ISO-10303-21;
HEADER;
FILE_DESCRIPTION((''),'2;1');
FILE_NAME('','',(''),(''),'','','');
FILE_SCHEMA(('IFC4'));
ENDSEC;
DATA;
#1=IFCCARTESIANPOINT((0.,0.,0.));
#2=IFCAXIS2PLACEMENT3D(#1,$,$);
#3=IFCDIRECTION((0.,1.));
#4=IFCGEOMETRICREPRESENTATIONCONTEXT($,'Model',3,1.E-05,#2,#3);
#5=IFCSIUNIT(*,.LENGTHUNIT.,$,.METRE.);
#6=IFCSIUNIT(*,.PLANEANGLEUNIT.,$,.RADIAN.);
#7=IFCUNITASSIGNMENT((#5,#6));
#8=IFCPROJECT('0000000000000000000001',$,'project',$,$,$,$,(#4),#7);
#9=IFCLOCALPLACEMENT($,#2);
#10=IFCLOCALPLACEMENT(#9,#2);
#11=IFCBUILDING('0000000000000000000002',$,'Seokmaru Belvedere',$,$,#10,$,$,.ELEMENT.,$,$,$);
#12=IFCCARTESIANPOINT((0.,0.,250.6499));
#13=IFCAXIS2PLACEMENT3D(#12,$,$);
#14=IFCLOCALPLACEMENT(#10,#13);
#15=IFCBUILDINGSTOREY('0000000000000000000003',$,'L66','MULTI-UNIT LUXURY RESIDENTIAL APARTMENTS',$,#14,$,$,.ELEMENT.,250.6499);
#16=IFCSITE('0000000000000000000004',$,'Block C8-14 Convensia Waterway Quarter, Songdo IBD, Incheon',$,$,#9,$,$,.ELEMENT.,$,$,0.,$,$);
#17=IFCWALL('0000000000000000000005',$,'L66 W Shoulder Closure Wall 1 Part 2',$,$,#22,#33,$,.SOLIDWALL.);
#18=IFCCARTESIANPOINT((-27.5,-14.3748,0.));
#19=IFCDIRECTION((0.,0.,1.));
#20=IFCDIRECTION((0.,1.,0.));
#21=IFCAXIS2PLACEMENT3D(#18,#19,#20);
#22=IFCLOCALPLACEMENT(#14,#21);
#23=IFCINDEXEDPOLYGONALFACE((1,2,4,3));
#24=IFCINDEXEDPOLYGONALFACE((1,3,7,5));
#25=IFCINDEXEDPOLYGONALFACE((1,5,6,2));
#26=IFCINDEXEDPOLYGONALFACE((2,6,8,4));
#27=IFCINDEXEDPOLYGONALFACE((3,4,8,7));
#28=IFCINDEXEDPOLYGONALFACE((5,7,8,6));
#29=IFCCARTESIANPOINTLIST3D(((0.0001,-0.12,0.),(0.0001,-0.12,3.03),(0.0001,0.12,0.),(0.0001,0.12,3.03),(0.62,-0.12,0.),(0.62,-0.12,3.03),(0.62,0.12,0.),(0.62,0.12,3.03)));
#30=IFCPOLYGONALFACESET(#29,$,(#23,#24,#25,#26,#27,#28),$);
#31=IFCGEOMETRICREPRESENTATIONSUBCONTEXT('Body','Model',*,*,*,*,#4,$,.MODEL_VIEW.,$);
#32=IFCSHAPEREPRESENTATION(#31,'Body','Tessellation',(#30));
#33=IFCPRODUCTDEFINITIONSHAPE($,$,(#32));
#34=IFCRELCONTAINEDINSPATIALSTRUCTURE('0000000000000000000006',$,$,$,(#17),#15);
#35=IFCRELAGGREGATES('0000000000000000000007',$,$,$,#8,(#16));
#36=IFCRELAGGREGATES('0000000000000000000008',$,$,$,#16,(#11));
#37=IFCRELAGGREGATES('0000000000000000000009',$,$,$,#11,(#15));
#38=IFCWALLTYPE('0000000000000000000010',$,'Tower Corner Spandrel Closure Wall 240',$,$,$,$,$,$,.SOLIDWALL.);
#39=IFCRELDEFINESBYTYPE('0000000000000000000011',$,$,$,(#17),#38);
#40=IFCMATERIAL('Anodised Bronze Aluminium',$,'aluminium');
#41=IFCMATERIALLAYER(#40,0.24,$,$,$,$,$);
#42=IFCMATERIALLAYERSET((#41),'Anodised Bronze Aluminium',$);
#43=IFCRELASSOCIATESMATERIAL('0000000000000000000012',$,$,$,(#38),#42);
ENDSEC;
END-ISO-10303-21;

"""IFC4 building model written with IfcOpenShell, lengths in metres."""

from ifc_helpers import new_model, si_unit, direction, frame, frame_2d, origin, place, context, subcontext, project, spatial, rectangle, extrude, material, layer, layer_set, type_object, element, save


model = new_model("IFC4")

# Units and contexts
model_context = context("Model", 3, precision=1e-05, world=origin(), true_north=direction((0.0, 1.0)))
body_context = subcontext(model_context, "Body", "Model", "MODEL_VIEW")
ifc_project = project(units=[si_unit("LENGTHUNIT", "METRE"), si_unit("PLANEANGLEUNIT", "RADIAN")], contexts=[model_context])

# Site, building, storey
site_placement = place(None, origin())
site = spatial("IfcSite", under=ifc_project, at=site_placement, Name="Block C8-14 Convensia Waterway Quarter, Songdo IBD, Incheon", CompositionType="ELEMENT", RefElevation=0.0)
building_placement = place(site_placement, origin())
building = spatial("IfcBuilding", under=site, at=building_placement, Name="Seokmaru Belvedere", CompositionType="ELEMENT")
storey_placement = place(building_placement, frame((0.0, 0.0, 250.6499)))
storey = spatial("IfcBuildingStorey", under=building, at=storey_placement, Name="L66", Description="MULTI-UNIT LUXURY RESIDENTIAL APARTMENTS", CompositionType="ELEMENT", Elevation=250.6499)

# Shared definitions
ifc_material_1 = material(Name="Anodised Bronze Aluminium", Category="aluminium")

# Wall
ifc_layer_1 = layer(ifc_material_1, 0.24)
ifc_layer_set_1 = layer_set([ifc_layer_1], Name="Anodised Bronze Aluminium")
wall_type_1 = type_object("IfcWallType", Name="Tower Corner Spandrel Closure Wall 240", PredefinedType="SOLIDWALL", material=ifc_layer_set_1)
wall_1_placement = place(storey_placement, frame((-27.5, -14.3748, 0.0), z_axis=(0.0, 0.0, 1.0), x_axis=(0.0, 1.0, 0.0)))
element("IfcWall", 1, at=wall_1_placement, inside=storey, type_object=wall_type_1, Name="L66 W Shoulder Closure Wall 1 Part 2", PredefinedType="SOLIDWALL", context=body_context, shape_type="SweptSolid", body=[
    extrude(rectangle(XDim=0.6199, YDim=0.24, at=frame_2d((0.3101, 0.0))), origin(), (0.0, 0.0, 1.0), 3.03),
])

save(model, "model.ifc")
